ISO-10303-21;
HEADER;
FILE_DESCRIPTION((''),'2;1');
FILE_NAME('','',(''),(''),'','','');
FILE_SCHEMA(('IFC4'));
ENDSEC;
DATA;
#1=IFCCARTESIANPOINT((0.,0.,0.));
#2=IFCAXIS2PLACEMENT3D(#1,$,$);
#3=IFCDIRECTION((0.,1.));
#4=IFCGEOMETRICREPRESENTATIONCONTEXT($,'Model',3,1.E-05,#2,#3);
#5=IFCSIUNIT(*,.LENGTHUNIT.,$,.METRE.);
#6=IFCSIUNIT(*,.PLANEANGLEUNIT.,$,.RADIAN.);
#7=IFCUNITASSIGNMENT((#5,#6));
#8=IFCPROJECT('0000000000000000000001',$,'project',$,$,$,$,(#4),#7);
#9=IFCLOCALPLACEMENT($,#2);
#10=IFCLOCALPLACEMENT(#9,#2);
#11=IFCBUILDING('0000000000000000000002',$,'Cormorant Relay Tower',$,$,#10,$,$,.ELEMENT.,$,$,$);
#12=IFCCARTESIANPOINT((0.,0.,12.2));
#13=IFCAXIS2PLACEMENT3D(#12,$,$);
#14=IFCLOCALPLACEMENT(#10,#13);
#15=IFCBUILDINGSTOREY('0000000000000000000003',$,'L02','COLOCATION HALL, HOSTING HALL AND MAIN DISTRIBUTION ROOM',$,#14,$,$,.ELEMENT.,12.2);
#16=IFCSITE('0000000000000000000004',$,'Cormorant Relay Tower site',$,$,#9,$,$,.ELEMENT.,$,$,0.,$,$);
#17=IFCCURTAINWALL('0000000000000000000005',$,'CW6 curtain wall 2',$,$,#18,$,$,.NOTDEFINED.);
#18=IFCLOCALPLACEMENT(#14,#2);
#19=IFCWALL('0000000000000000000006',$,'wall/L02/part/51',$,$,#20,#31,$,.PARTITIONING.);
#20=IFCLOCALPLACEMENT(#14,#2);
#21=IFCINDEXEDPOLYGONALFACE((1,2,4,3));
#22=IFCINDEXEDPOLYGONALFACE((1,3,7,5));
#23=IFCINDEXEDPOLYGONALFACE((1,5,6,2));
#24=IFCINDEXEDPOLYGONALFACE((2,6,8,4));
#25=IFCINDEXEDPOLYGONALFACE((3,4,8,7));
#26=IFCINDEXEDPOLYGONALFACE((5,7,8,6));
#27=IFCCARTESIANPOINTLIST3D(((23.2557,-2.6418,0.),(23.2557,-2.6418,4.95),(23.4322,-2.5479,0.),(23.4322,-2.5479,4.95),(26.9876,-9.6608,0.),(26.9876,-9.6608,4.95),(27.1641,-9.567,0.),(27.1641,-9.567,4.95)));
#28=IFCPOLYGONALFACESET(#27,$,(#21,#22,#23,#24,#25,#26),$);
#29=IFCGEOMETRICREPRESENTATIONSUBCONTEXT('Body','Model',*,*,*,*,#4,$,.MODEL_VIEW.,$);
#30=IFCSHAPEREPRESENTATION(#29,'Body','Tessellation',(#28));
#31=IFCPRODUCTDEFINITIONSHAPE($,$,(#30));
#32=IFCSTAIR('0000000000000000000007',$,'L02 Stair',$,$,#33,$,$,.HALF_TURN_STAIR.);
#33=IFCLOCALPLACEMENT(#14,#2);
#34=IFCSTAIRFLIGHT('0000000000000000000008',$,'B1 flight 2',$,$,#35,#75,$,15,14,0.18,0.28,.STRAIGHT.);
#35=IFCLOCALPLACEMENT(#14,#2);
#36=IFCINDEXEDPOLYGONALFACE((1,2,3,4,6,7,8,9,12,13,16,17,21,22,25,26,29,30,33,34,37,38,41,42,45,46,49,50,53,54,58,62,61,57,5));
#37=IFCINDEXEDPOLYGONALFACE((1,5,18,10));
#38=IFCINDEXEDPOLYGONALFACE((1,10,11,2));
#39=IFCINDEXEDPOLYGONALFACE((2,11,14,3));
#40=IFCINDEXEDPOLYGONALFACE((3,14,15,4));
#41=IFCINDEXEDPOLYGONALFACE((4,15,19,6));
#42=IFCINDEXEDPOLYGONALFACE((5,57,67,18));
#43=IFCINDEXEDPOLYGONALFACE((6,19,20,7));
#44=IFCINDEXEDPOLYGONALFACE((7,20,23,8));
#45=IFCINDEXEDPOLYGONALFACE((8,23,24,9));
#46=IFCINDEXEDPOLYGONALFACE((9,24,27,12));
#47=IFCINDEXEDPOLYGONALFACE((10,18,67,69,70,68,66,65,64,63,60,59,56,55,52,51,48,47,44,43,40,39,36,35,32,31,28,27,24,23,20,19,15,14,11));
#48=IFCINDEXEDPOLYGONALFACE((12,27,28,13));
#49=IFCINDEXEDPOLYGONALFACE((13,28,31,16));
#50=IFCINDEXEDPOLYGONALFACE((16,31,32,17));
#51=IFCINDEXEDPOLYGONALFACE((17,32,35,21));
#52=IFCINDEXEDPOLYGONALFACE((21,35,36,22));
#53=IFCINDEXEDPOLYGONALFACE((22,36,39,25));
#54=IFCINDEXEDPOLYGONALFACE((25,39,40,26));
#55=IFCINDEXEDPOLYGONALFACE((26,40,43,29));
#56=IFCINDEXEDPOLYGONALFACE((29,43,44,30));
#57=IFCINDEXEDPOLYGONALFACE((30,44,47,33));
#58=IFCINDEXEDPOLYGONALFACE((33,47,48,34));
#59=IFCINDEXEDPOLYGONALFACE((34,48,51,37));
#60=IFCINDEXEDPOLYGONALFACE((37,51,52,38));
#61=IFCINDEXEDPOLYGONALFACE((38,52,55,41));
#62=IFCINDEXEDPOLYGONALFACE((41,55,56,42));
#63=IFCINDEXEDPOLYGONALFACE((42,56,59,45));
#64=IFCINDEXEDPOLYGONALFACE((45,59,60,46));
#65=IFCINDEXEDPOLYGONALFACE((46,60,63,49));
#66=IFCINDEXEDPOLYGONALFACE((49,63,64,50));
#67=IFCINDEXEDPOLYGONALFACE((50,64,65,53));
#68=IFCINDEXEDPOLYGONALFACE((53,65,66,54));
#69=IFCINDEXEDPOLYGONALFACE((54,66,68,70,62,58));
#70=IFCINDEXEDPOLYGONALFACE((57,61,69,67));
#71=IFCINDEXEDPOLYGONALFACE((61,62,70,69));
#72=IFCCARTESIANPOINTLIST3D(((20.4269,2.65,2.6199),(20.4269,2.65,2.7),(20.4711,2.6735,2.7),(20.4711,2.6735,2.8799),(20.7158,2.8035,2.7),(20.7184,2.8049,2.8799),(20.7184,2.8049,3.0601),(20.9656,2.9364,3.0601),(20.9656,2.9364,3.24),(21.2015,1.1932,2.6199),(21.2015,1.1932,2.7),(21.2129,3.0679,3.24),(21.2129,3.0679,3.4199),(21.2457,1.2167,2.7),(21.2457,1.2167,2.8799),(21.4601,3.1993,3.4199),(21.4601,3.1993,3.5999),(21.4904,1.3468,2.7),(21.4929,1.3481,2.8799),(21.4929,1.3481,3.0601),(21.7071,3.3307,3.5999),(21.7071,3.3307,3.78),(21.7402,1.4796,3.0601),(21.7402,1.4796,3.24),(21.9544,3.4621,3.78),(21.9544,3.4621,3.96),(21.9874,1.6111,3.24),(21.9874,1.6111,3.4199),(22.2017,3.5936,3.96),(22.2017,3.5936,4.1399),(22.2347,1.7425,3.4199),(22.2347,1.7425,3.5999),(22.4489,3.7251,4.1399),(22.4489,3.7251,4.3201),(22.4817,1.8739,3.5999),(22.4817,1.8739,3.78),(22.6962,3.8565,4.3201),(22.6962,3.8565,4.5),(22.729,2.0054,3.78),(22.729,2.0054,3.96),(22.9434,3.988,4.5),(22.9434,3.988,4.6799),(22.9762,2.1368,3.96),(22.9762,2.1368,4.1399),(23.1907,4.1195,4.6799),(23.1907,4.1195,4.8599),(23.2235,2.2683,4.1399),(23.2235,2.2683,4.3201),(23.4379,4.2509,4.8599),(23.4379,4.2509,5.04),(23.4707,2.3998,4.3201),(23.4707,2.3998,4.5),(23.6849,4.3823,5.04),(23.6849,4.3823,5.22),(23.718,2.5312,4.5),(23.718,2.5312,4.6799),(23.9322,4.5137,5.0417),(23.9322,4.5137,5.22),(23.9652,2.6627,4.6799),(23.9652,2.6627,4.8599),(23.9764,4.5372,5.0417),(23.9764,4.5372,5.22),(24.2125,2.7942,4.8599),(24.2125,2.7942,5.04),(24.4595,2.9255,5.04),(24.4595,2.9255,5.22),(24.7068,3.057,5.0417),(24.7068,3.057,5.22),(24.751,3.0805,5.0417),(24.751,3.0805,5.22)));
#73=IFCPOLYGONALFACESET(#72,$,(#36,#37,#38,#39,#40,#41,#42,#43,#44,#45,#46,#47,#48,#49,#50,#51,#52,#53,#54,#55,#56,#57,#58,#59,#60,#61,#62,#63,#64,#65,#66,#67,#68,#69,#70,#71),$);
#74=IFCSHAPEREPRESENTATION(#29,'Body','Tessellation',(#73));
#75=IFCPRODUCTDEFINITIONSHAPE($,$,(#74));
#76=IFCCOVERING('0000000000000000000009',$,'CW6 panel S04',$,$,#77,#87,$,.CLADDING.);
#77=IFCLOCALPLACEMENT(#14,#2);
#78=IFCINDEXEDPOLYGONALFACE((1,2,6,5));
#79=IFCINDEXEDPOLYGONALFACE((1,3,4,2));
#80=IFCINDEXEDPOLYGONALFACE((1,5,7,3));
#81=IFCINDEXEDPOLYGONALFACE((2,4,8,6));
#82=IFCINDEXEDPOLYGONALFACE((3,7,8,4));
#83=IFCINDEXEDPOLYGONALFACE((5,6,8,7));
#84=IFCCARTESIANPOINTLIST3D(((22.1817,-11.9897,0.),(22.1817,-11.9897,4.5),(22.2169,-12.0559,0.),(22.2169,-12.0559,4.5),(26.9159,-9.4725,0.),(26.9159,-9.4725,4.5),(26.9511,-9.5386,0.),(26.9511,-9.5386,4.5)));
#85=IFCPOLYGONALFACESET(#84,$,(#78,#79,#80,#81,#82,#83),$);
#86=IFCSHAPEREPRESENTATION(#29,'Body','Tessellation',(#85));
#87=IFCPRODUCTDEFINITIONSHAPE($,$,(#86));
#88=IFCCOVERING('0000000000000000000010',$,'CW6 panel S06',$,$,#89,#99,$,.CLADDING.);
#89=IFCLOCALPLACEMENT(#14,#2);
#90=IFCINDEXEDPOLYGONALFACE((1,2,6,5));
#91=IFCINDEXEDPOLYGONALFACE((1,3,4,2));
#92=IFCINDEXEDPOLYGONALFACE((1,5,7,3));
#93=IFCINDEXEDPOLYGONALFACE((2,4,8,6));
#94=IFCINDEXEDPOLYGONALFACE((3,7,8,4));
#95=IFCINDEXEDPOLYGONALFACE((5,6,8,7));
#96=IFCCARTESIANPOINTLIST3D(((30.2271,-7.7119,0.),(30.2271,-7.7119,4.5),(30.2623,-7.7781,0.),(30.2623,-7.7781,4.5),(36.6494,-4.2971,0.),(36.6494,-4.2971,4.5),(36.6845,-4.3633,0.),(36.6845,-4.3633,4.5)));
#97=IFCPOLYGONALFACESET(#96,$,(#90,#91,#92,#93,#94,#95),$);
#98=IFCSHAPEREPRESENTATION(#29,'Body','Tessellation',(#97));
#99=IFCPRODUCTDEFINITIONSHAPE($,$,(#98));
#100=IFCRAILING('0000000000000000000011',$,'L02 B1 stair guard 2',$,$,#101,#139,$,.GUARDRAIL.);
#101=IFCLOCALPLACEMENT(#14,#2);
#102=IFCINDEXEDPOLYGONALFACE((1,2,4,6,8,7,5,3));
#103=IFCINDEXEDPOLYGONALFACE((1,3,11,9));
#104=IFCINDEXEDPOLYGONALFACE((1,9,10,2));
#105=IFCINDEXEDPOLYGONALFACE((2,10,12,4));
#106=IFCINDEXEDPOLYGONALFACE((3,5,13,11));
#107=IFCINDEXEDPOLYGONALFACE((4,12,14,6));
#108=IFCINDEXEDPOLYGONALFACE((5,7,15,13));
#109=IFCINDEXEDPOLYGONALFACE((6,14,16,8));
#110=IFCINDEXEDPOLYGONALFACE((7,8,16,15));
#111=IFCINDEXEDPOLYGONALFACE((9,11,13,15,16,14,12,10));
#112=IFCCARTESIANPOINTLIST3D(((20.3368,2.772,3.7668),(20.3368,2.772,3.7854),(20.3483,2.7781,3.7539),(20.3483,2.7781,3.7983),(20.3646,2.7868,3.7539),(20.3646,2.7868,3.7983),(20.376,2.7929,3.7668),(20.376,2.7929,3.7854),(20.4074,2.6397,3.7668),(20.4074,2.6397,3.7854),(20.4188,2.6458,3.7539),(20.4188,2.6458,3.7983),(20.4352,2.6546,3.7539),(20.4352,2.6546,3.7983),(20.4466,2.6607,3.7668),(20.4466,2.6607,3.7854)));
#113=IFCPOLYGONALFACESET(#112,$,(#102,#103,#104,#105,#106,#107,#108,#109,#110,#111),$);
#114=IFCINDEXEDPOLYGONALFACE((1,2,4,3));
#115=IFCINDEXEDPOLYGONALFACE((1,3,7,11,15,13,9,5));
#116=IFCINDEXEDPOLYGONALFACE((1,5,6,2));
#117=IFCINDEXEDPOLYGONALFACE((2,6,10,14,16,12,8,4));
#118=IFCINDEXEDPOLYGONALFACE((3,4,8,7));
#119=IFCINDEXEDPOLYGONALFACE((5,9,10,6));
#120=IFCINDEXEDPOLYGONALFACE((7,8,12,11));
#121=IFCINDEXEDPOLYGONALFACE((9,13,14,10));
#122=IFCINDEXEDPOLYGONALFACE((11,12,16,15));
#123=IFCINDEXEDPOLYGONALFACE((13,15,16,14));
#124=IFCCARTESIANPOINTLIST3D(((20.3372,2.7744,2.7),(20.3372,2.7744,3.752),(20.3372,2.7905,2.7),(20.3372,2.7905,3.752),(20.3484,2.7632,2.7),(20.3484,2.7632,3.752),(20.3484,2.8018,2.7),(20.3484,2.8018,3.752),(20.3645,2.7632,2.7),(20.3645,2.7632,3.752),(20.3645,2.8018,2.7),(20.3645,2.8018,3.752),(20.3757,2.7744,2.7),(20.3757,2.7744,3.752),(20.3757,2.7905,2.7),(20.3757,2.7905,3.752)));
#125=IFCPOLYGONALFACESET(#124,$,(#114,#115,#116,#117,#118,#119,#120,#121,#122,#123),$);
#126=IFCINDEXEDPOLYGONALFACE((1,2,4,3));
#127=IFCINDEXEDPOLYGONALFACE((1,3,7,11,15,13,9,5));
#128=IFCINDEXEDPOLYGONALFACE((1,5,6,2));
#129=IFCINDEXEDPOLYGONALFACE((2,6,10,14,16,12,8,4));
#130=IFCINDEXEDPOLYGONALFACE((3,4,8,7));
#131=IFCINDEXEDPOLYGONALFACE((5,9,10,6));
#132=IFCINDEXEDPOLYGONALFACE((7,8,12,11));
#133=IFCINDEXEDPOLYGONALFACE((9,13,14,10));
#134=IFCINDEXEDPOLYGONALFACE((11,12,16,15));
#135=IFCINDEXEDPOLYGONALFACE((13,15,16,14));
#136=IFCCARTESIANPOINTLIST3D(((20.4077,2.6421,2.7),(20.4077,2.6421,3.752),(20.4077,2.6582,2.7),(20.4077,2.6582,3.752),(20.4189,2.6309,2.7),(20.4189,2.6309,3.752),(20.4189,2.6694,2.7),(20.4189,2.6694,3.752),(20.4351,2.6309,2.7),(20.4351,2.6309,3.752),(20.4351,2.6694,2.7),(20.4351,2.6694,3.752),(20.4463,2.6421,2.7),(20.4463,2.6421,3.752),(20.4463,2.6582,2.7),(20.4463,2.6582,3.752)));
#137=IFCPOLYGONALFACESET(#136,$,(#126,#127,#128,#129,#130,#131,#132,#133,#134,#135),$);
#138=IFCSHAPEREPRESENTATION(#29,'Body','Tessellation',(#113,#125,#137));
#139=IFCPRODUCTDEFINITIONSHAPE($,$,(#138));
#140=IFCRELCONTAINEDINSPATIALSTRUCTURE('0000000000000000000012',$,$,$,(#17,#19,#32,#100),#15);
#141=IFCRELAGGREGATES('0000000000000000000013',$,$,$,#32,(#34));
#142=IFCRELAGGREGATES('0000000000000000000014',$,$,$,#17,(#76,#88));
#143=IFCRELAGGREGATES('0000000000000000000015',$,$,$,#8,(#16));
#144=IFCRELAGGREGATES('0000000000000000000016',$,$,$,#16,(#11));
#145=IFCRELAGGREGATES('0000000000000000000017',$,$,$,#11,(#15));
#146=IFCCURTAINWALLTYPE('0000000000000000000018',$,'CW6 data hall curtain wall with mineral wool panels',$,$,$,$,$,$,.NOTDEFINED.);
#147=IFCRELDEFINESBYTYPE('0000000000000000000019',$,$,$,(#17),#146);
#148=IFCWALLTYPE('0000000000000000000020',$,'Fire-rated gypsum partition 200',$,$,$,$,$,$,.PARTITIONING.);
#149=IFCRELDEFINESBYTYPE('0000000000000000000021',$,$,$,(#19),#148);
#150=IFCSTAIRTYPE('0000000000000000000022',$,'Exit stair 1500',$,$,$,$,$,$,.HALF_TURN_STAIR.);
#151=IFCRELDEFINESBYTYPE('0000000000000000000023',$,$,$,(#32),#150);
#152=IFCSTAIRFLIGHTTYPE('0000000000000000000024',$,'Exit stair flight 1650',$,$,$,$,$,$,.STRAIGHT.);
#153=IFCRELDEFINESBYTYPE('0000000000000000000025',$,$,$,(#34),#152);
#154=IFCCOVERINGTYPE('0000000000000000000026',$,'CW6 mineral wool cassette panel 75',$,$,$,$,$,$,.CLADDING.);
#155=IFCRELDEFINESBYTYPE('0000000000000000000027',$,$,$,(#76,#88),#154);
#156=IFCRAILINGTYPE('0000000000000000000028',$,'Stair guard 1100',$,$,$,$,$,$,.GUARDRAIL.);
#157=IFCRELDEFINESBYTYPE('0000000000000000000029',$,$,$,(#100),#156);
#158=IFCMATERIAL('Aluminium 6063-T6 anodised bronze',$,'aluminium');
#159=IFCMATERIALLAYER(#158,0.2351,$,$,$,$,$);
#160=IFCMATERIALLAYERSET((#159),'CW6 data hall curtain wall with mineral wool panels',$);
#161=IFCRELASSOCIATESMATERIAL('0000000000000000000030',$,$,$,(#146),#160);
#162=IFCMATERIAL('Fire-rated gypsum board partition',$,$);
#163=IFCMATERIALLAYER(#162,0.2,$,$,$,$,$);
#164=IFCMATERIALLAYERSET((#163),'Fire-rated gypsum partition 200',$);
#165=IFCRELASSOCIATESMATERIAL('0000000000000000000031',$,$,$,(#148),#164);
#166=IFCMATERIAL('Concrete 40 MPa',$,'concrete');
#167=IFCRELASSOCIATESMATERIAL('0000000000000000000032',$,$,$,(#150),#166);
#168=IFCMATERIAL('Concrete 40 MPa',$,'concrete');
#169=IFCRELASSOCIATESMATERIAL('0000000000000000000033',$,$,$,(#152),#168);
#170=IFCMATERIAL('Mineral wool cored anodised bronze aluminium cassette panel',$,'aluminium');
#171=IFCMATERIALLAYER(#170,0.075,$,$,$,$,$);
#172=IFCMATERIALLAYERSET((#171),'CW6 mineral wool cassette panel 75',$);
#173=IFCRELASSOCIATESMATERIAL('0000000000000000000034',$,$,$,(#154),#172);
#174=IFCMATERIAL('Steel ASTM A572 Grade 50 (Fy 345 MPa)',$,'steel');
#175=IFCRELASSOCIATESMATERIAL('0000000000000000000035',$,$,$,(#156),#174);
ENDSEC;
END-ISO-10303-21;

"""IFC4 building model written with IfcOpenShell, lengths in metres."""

from ifc_helpers import new_model, si_unit, direction, frame, frame_2d, origin, origin_2d, place, context, subcontext, project, spatial, polyline, rectangle, outline, extrude, material, layer, layer_set, type_object, element, aggregate, save


model = new_model("IFC4")

# Units and contexts
model_context = context("Model", 3, precision=1e-05, world=origin(), true_north=direction((0.0, 1.0)))
body_context = subcontext(model_context, "Body", "Model", "MODEL_VIEW")
ifc_project = project(units=[si_unit("LENGTHUNIT", "METRE"), si_unit("PLANEANGLEUNIT", "RADIAN")], contexts=[model_context])

# Site, building, storey
site_placement = place(None, origin())
site = spatial("IfcSite", under=ifc_project, at=site_placement, Name="Cormorant Relay Tower site", CompositionType="ELEMENT", RefElevation=0.0)
building_placement = place(site_placement, origin())
building = spatial("IfcBuilding", under=site, at=building_placement, Name="Cormorant Relay Tower", CompositionType="ELEMENT")
storey_placement = place(building_placement, frame((0.0, 0.0, 12.2)))
storey = spatial("IfcBuildingStorey", under=building, at=storey_placement, Name="L02", Description="COLOCATION HALL, HOSTING HALL AND MAIN DISTRIBUTION ROOM", CompositionType="ELEMENT", Elevation=12.2)

# Curtain wall
ifc_material_1 = material(Name="Aluminium 6063-T6 anodised bronze", Category="aluminium")
ifc_layer_1 = layer(ifc_material_1, 0.2351)
ifc_layer_set_1 = layer_set([ifc_layer_1], Name="CW6 data hall curtain wall with mineral wool panels")
curtain_wall_type = type_object("IfcCurtainWallType", Name="CW6 data hall curtain wall with mineral wool panels", PredefinedType="NOTDEFINED", material=ifc_layer_set_1)
curtain_wall_placement = place(storey_placement, origin())
curtain_wall = element("IfcCurtainWall", 1, at=curtain_wall_placement, inside=storey, type_object=curtain_wall_type, Name="CW6 curtain wall 2", PredefinedType="NOTDEFINED")

# Wall
ifc_material_2 = material(Name="Fire-rated gypsum board partition")
ifc_layer_2 = layer(ifc_material_2, 0.2)
ifc_layer_set_2 = layer_set([ifc_layer_2], Name="Fire-rated gypsum partition 200")
wall_type_1 = type_object("IfcWallType", Name="Fire-rated gypsum partition 200", PredefinedType="PARTITIONING", material=ifc_layer_set_2)
wall_1_placement = place(storey_placement, frame((23.344, -2.595, 0.0), z_axis=(0.0, 0.0, 1.0), x_axis=(0.469456, -0.882956, 0.0)))
element("IfcWall", 2, at=wall_1_placement, inside=storey, type_object=wall_type_1, Name="wall/L02/part/51", PredefinedType="PARTITIONING", context=body_context, shape_type="SweptSolid", body=[
    extrude(rectangle(XDim=7.9495, YDim=0.2, at=frame_2d((3.9746, 0.0))), origin(), (0.0, 0.0, 1.0), 4.95),
])

# Stair, stair flight
ifc_material_3 = material(Name="Concrete 40 MPa", Category="concrete")
stair_type = type_object("IfcStairType", Name="Exit stair 1500", PredefinedType="HALF_TURN_STAIR", material=ifc_material_3)
stair_placement = place(storey_placement, origin())
stair = element("IfcStair", 3, at=stair_placement, inside=storey, type_object=stair_type, Name="L02 Stair", PredefinedType="HALF_TURN_STAIR")
ifc_material_4 = material(Name="Concrete 40 MPa", Category="concrete")
stair_flight_type = type_object("IfcStairFlightType", Name="Exit stair flight 1650", PredefinedType="STRAIGHT", material=ifc_material_4)
stair_flight_placement = place(storey_placement, frame((20.8584, 1.9451, 2.7), z_axis=(0.0, 0.0, 1.0), x_axis=(0.882948, 0.469472, 0.0)))
stair_flight = element("IfcStairFlight", 4, at=stair_flight_placement, type_object=stair_flight_type, Name="B1 flight 2", NumberOfRisers=15, NumberOfTreads=14, PredefinedType="STRAIGHT", RiserHeight=0.18, TreadLength=0.28, context=body_context, shape_type="SweptSolid", body=[
    extrude(outline(polyline([(-0.05, -0.0801), (-0.05, 0.0), (0.0, 0.0), (0.0, 0.1799), (0.28, 0.1799), (0.28, 0.3601), (0.5601, 0.3601), (0.5601, 0.54), (0.8401, 0.54), (0.8401, 0.72), (1.1201, 0.72), (1.1201, 0.8999), (1.3999, 0.8999), (1.3999, 1.0801), (1.6799, 1.0801), (1.6799, 1.26), (1.96, 1.26), (1.96, 1.4399), (2.24, 1.4399), (2.24, 1.6201), (2.52, 1.6201), (2.52, 1.8), (2.8, 1.8), (2.8, 1.98), (3.0801, 1.98), (3.0801, 2.1599), (3.3601, 2.1599), (3.3601, 2.3401), (3.6399, 2.3401), (3.6399, 2.52), (3.9199, 2.52), (3.97, 2.52), (3.97, 2.3418), (3.9199, 2.3418), (0.2771, 0.0), (-0.05, -0.0801)])), frame((0.0, 0.825, 0.0), z_axis=(0.0, -1.0, 0.0), x_axis=(1.0, 0.0, 0.0)), (0.0, 0.0, 1.0), 1.6499),
])
aggregate(stair, [stair_flight])

# Coverings
ifc_material_5 = material(Name="Mineral wool cored anodised bronze aluminium cassette panel", Category="aluminium")
ifc_layer_3 = layer(ifc_material_5, 0.075)
ifc_layer_set_3 = layer_set([ifc_layer_3], Name="CW6 mineral wool cassette panel 75")
covering_type = type_object("IfcCoveringType", Name="CW6 mineral wool cassette panel 75", PredefinedType="CLADDING", material=ifc_layer_set_3)
covering_1_placement = place(storey_placement, frame((24.5664, -10.7642, 0.0), z_axis=(0.0, 0.0, 1.0), x_axis=(0.882948, 0.469472, 0.0)))
covering_1 = element("IfcCovering", 5, at=covering_1_placement, type_object=covering_type, Name="CW6 panel S04", PredefinedType="CLADDING", context=body_context, shape_type="SweptSolid", body=[
    extrude(rectangle(XDim=5.3618, YDim=0.075, at=origin_2d()), origin(), (0.0, 0.0, 1.0), 4.5),
])
covering_2_placement = place(storey_placement, frame((33.4558, -6.0376, 0.0), z_axis=(0.0, 0.0, 1.0), x_axis=(0.882948, 0.469472, 0.0)))
covering_2 = element("IfcCovering", 6, at=covering_2_placement, type_object=covering_type, Name="CW6 panel S06", PredefinedType="CLADDING", context=body_context, shape_type="SweptSolid", body=[
    extrude(rectangle(XDim=7.2737, YDim=0.075, at=origin_2d()), origin(), (0.0, 0.0, 1.0), 4.5),
])
aggregate(curtain_wall, [covering_1, covering_2])

# Railing
ifc_material_6 = material(Name="Steel ASTM A572 Grade 50 (Fy 345 MPa)", Category="steel")
railing_type_1 = type_object("IfcRailingType", Name="Stair guard 1100", PredefinedType="GUARDRAIL", material=ifc_material_6)
railing_1_placement = place(storey_placement, frame((20.3564, 2.7825, 2.7)))
element("IfcRailing", 7, at=railing_1_placement, inside=storey, type_object=railing_type_1, Name="L02 B1 stair guard 2", PredefinedType="GUARDRAIL", context=body_context, shape_type="SweptSolid", body=[
    extrude(outline(polyline([(0.0222, 0.0093), (0.0093, 0.0222), (-0.0093, 0.0222), (-0.0222, 0.0093), (-0.0222, -0.0093), (-0.0093, -0.0222), (0.0093, -0.0222), (0.0222, -0.0093), (0.0222, 0.0093)])), frame((0.0, 0.0, 1.0762), z_axis=(0.470504, -0.882398, 0.0), x_axis=(0.882398, 0.470504, 0.0)), (0.0, 0.0, 1.0), 0.1499),
    extrude(outline(polyline([(0.0193, 0.0081), (0.0081, 0.0193), (-0.0081, 0.0193), (-0.0193, 0.0081), (-0.0193, -0.0081), (-0.0081, -0.0193), (0.0081, -0.0193), (0.0193, -0.0081), (0.0193, 0.0081)])), origin(), (0.0, 0.0, 1.0), 1.052),
    extrude(outline(polyline([(0.0193, 0.0081), (0.0081, 0.0193), (-0.0081, 0.0193), (-0.0193, 0.0081), (-0.0193, -0.0081), (-0.0081, -0.0193), (0.0081, -0.0193), (0.0193, -0.0081), (0.0193, 0.0081)])), frame((0.0706, -0.1323, 0.0)), (0.0, 0.0, 1.0), 1.052),
])

save(model, "model.ifc")
